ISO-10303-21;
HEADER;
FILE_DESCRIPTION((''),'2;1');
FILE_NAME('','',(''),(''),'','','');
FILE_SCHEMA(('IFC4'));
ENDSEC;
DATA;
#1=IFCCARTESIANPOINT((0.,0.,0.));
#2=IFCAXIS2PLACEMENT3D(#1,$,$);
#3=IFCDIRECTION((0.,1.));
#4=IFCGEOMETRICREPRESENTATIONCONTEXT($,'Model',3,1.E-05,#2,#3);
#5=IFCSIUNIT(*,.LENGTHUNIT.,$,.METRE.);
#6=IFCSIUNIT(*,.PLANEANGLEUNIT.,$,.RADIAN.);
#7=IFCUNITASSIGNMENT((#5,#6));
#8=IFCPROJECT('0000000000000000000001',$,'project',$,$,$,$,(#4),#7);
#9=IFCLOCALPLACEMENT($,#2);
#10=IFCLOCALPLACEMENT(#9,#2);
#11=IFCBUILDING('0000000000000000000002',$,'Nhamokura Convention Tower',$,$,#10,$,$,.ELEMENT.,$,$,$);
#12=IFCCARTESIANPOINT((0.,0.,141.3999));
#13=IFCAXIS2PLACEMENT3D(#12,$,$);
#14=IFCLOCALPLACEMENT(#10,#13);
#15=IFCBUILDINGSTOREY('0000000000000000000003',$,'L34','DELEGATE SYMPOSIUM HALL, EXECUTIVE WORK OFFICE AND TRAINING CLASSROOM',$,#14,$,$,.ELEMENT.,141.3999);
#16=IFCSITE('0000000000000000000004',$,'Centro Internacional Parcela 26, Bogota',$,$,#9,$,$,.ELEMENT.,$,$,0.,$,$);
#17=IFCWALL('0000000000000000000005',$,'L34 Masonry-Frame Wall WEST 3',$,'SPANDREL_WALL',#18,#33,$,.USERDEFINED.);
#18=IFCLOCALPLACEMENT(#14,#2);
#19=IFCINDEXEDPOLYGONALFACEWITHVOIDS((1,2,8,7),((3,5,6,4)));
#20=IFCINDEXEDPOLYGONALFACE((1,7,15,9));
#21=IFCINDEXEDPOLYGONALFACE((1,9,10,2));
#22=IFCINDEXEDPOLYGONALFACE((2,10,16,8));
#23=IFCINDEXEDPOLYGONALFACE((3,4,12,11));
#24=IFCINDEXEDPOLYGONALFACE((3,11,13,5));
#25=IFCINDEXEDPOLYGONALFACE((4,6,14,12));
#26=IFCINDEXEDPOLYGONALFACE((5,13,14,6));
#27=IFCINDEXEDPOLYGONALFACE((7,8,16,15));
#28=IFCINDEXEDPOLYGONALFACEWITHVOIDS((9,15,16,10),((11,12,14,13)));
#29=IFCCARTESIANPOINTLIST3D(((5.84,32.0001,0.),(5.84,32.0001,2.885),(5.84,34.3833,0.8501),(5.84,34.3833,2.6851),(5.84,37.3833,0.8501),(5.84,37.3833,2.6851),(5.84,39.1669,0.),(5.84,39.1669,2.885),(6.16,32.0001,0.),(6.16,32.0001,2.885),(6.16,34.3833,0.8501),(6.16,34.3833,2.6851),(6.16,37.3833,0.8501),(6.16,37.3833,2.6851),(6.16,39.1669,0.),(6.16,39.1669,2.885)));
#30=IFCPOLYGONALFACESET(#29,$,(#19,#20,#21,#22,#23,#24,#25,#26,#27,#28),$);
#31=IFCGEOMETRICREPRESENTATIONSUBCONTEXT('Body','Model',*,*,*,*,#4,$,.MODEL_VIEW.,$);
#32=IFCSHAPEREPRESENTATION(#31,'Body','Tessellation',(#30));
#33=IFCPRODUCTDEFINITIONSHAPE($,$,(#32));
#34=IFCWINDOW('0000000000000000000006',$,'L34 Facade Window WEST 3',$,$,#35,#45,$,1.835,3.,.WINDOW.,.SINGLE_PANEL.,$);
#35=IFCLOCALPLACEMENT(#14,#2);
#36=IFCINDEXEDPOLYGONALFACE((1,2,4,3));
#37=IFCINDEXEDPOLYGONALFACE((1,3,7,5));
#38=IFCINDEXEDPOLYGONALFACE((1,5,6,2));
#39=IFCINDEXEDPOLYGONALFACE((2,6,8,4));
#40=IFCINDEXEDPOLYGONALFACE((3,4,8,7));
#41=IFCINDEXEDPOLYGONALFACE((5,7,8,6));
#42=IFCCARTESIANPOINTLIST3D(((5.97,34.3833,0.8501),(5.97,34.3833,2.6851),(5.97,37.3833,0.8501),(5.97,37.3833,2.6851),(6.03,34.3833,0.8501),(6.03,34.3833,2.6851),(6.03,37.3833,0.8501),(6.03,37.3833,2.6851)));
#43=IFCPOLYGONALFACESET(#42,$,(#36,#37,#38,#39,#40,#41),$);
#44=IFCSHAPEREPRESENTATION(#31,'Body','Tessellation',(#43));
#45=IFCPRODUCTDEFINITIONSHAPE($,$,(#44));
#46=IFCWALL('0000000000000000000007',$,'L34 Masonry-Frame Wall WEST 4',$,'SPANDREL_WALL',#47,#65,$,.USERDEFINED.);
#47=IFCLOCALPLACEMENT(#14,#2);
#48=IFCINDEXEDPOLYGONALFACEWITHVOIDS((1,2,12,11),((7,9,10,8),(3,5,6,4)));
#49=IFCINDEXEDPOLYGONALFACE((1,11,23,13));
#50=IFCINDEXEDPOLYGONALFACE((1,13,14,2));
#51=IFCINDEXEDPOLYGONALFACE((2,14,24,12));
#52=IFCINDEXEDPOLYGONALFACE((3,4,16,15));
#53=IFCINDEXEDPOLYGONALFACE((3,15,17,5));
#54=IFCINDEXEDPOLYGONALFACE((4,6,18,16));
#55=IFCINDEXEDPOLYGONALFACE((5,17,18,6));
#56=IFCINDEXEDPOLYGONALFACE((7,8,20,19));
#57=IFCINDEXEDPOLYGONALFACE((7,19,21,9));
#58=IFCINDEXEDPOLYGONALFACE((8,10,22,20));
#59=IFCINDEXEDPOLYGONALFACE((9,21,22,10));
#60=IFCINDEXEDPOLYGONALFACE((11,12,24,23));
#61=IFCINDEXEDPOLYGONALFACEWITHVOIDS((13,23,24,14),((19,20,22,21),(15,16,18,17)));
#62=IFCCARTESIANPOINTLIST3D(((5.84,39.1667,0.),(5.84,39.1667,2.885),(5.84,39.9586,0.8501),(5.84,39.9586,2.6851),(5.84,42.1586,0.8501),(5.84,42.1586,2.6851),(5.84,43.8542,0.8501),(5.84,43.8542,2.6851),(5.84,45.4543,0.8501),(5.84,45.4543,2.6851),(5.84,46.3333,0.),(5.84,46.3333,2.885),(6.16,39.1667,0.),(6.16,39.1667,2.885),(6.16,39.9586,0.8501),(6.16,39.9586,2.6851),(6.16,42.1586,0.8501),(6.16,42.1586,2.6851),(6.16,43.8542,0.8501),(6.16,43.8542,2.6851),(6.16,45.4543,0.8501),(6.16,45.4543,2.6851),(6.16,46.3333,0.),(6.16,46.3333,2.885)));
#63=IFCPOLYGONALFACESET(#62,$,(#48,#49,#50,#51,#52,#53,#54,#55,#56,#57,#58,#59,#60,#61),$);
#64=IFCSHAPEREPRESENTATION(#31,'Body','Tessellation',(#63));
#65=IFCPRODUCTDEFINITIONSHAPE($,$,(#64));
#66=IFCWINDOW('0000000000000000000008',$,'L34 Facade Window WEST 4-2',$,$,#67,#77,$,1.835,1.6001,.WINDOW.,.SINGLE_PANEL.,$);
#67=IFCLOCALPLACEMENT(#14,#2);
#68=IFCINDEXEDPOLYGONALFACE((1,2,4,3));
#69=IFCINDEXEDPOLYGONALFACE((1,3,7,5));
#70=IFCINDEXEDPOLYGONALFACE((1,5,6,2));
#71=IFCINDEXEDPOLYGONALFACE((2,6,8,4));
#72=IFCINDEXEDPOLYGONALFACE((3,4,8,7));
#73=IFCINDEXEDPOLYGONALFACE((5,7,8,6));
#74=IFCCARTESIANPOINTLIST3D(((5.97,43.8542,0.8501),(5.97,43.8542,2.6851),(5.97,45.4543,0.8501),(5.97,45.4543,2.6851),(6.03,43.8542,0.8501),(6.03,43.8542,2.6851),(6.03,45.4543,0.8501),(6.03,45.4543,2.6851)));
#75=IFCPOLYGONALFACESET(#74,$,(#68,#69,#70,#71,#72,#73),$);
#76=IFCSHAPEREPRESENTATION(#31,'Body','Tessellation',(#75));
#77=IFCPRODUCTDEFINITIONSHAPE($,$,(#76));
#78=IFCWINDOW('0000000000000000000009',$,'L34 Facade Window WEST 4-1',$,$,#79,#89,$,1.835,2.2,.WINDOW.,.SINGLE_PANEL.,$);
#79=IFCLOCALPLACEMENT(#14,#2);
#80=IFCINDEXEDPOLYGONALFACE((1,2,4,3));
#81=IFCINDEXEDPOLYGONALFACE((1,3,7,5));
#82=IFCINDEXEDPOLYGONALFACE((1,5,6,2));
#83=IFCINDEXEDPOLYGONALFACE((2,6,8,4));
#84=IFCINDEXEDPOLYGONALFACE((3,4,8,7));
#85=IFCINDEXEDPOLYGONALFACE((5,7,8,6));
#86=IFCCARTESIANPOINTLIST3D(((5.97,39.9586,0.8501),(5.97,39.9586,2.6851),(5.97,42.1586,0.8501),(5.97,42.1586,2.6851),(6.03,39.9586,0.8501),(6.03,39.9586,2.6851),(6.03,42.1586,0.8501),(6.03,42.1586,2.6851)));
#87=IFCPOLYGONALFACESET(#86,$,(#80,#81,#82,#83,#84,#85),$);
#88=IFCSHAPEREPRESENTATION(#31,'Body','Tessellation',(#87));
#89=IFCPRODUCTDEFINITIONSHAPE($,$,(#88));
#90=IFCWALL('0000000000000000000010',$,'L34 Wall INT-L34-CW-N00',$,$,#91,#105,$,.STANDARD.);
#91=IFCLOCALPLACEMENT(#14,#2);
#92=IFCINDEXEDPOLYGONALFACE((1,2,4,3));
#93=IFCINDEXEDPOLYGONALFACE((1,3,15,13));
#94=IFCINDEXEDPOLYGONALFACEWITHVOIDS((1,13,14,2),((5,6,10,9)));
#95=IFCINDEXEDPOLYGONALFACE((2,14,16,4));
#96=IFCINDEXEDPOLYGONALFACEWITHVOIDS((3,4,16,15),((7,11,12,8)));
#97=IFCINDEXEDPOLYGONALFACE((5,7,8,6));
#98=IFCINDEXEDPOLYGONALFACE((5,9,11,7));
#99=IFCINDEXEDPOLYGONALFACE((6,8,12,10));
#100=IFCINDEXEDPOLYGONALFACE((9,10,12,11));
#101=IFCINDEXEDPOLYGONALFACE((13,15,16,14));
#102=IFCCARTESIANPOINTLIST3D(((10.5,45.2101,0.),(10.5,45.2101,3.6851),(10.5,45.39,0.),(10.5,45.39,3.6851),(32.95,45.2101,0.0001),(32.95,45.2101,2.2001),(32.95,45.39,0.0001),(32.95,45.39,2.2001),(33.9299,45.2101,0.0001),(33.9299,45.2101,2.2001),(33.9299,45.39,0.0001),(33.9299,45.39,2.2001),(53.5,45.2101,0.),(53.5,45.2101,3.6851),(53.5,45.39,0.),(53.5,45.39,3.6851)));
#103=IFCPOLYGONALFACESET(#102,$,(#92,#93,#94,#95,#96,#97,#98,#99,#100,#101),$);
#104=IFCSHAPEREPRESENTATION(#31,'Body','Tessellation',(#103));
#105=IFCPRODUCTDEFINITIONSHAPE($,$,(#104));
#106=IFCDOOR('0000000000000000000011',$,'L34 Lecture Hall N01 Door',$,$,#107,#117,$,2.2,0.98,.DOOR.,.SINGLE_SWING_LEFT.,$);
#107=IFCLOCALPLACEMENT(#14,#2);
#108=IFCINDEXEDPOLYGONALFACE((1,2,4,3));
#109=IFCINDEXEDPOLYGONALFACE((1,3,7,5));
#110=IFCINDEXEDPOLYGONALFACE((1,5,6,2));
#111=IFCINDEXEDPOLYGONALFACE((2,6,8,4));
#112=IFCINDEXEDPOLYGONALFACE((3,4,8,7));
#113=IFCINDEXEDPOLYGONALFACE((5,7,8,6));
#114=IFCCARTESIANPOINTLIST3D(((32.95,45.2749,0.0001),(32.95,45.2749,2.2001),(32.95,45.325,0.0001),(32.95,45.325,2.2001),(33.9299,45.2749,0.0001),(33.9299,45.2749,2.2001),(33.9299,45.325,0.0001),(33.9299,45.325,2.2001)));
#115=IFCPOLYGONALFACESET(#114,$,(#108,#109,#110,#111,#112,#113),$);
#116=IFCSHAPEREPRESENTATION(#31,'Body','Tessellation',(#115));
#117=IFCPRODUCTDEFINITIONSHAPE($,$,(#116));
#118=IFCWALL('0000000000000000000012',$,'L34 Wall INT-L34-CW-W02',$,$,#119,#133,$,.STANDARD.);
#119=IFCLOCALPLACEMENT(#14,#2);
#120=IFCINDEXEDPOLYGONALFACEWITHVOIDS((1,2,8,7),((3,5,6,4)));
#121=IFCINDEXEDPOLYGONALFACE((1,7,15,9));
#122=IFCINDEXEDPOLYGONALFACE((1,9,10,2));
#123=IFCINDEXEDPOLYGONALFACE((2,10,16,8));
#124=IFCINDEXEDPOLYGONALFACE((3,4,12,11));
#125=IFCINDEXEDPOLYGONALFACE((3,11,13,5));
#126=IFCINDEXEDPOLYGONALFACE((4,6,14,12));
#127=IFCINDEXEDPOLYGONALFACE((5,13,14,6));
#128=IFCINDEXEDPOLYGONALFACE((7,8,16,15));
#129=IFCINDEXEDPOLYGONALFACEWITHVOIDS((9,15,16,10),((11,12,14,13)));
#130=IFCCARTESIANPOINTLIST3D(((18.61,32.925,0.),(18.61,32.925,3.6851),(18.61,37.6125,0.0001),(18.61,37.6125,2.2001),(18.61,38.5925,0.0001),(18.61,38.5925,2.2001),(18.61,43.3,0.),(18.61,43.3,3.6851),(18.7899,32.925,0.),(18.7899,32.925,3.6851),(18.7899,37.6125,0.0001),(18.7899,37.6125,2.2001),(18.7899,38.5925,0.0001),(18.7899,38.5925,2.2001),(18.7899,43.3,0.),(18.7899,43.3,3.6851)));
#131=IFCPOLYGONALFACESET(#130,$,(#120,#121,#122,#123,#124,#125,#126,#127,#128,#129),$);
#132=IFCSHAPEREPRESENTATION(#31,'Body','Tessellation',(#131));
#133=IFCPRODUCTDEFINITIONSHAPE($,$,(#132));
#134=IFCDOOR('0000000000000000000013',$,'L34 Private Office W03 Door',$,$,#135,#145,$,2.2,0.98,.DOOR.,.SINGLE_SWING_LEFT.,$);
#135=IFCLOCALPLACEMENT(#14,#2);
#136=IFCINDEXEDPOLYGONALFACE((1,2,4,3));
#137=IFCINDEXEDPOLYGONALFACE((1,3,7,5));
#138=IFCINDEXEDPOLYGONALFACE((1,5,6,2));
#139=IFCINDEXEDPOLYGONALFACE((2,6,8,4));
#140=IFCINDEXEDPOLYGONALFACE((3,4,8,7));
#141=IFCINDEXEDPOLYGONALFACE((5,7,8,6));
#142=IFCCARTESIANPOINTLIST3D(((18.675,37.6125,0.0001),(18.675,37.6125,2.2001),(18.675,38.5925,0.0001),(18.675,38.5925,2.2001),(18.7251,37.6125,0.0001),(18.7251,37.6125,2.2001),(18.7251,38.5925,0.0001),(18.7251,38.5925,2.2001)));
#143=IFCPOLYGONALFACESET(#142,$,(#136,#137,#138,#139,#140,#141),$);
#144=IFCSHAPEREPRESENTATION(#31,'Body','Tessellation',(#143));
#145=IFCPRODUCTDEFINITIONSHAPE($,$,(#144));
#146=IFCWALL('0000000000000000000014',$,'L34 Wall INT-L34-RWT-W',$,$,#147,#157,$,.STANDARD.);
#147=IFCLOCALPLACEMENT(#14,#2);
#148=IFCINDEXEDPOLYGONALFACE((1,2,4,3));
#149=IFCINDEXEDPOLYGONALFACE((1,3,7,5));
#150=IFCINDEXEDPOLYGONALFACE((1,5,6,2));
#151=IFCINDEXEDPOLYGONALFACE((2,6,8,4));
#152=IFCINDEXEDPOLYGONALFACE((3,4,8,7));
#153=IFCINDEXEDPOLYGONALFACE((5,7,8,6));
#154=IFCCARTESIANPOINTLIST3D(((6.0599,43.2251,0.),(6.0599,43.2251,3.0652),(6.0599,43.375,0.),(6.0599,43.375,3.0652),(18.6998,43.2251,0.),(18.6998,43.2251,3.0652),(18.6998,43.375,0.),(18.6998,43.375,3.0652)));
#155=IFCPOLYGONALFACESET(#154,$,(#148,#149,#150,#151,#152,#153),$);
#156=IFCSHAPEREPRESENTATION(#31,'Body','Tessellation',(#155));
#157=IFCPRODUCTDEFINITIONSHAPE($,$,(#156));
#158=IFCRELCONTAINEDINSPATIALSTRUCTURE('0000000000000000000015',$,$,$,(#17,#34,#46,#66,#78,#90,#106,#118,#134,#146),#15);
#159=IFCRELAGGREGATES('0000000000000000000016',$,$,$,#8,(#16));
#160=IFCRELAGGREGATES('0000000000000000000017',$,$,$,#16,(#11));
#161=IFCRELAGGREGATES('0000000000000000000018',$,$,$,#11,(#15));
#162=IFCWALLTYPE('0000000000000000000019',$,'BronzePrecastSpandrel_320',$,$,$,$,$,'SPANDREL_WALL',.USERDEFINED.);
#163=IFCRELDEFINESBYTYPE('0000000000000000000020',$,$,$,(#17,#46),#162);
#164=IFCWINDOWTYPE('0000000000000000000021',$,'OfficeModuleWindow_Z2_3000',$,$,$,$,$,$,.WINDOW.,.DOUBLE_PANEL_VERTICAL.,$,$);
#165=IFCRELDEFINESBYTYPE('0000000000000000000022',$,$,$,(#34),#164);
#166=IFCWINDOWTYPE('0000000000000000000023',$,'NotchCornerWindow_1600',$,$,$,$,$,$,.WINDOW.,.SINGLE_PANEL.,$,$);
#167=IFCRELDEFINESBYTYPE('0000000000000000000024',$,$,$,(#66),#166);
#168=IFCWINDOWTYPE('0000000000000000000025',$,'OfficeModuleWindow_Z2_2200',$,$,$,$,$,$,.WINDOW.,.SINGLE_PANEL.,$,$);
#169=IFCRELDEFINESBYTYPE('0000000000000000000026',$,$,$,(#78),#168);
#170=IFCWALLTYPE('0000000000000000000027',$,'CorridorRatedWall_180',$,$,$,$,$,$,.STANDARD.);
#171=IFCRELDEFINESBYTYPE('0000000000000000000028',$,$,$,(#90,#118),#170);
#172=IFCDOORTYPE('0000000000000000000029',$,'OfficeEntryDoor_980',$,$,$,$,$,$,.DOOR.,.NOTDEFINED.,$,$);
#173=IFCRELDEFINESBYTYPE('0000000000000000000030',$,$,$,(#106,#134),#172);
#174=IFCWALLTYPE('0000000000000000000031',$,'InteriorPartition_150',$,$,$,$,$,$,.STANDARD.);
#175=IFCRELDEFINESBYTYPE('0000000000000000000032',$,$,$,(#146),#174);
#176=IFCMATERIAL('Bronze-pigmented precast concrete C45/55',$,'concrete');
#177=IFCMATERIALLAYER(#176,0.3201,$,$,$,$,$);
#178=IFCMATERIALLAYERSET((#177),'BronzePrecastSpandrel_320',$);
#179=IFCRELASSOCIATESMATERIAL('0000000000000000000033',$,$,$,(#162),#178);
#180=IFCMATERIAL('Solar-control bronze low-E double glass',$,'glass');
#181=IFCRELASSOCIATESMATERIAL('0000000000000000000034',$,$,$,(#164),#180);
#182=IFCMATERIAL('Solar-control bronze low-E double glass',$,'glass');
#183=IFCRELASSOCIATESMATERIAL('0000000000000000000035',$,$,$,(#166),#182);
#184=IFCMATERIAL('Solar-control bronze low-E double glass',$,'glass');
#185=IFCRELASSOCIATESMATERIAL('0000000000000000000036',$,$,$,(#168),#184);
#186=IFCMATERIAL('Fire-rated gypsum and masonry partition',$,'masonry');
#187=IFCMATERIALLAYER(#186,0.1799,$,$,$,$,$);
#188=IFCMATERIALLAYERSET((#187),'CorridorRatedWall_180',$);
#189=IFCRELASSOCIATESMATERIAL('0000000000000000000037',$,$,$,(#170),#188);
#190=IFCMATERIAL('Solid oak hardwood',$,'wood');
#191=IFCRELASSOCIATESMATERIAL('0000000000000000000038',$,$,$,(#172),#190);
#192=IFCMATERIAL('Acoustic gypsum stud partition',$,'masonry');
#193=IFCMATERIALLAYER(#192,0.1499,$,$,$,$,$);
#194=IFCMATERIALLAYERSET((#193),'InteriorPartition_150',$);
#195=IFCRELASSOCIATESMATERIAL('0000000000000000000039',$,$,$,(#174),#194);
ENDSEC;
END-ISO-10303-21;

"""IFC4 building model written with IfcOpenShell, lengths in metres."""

from ifc_helpers import new_model, si_unit, direction, frame, frame_2d, origin, place, context, subcontext, project, spatial, rectangle, extrude, material, layer, layer_set, type_object, element, fill, save


model = new_model("IFC4")

# Units and contexts
model_context = context("Model", 3, precision=1e-05, world=origin(), true_north=direction((0.0, 1.0)))
body_context = subcontext(model_context, "Body", "Model", "MODEL_VIEW")
ifc_project = project(units=[si_unit("LENGTHUNIT", "METRE"), si_unit("PLANEANGLEUNIT", "RADIAN")], contexts=[model_context])

# Site, building, storey
site_placement = place(None, origin())
site = spatial("IfcSite", under=ifc_project, at=site_placement, Name="Centro Internacional Parcela 26, Bogota", CompositionType="ELEMENT", RefElevation=0.0)
building_placement = place(site_placement, origin())
building = spatial("IfcBuilding", under=site, at=building_placement, Name="Nhamokura Convention Tower", CompositionType="ELEMENT")
storey_placement = place(building_placement, frame((0.0, 0.0, 141.3999)))
storey = spatial("IfcBuildingStorey", under=building, at=storey_placement, Name="L34", Description="DELEGATE SYMPOSIUM HALL, EXECUTIVE WORK OFFICE AND TRAINING CLASSROOM", CompositionType="ELEMENT", Elevation=141.3999)

# Wall, opening, window
ifc_material_1 = material(Name="Bronze-pigmented precast concrete C45/55", Category="concrete")
ifc_layer_1 = layer(ifc_material_1, 0.3201)
ifc_layer_set_1 = layer_set([ifc_layer_1], Name="BronzePrecastSpandrel_320")
wall_type_1 = type_object("IfcWallType", Name="BronzePrecastSpandrel_320", ElementType="SPANDREL_WALL", PredefinedType="USERDEFINED", material=ifc_layer_set_1)
wall_1_placement = place(storey_placement, frame((6.0, 32.0, 0.0), z_axis=(0.0, 0.0, 1.0), x_axis=(0.0, 1.0, 0.0)))
wall_1 = element("IfcWall", 1, at=wall_1_placement, inside=storey, type_object=wall_type_1, Name="L34 Masonry-Frame Wall WEST 3", ObjectType="SPANDREL_WALL", PredefinedType="USERDEFINED", context=body_context, shape_type="SweptSolid", body=[
    extrude(rectangle(XDim=7.1667, YDim=0.3201, at=frame_2d((3.5835, 0.0))), origin(), (0.0, 0.0, 1.0), 2.885),
])
opening_1_placement = place(wall_1_placement, frame((2.3833, 0.0, 0.8501)))
opening_1 = element("IfcOpeningElement", 2, at=opening_1_placement, cuts=wall_1, PredefinedType="OPENING", context=body_context, shape_type="SweptSolid", body=[
    extrude(rectangle(XDim=3.0, YDim=1.835, at=frame_2d((1.5, 0.9175))), frame((0.0, 0.1699, 0.0), z_axis=(0.0, -1.0, 0.0), x_axis=(1.0, 0.0, 0.0)), (0.0, 0.0, 1.0), 0.3401),
])
ifc_material_2 = material(Name="Solar-control bronze low-E double glass", Category="glass")
window_type_1 = type_object("IfcWindowType", Name="OfficeModuleWindow_Z2_3000", PartitioningType="DOUBLE_PANEL_VERTICAL", PredefinedType="WINDOW", material=ifc_material_2)
window_1_placement = place(opening_1_placement, origin())
window_1 = element("IfcWindow", 3, at=window_1_placement, inside=storey, type_object=window_type_1, Name="L34 Facade Window WEST 3", OverallHeight=1.835, OverallWidth=3.0, PartitioningType="SINGLE_PANEL", PredefinedType="WINDOW", context=body_context, shape_type="SweptSolid", body=[
    extrude(rectangle(XDim=3.0, YDim=1.835, at=frame_2d((1.5, 0.9175))), frame((0.0, 0.03, 0.0), z_axis=(0.0, -1.0, 0.0), x_axis=(1.0, 0.0, 0.0)), (0.0, 0.0, 1.0), 0.0601),
])
fill(opening_1, window_1)

# Wall, openings, windows
wall_2_placement = place(storey_placement, frame((6.0, 39.1667, 0.0), z_axis=(0.0, 0.0, 1.0), x_axis=(0.0, 1.0, 0.0)))
wall_2 = element("IfcWall", 4, at=wall_2_placement, inside=storey, type_object=wall_type_1, Name="L34 Masonry-Frame Wall WEST 4", ObjectType="SPANDREL_WALL", PredefinedType="USERDEFINED", context=body_context, shape_type="SweptSolid", body=[
    extrude(rectangle(XDim=7.1665, YDim=0.3201, at=frame_2d((3.5833, 0.0))), origin(), (0.0, 0.0, 1.0), 2.885),
])
opening_2_placement = place(wall_2_placement, frame((0.7917, 0.0, 0.8501)))
opening_2 = element("IfcOpeningElement", 5, at=opening_2_placement, cuts=wall_2, PredefinedType="OPENING", context=body_context, shape_type="SweptSolid", body=[
    extrude(rectangle(XDim=2.2, YDim=1.835, at=frame_2d((1.1001, 0.9175))), frame((0.0, 0.1699, 0.0), z_axis=(0.0, -1.0, 0.0), x_axis=(1.0, 0.0, 0.0)), (0.0, 0.0, 1.0), 0.3401),
])
opening_3_placement = place(wall_2_placement, frame((4.6875, 0.0, 0.8501)))
opening_3 = element("IfcOpeningElement", 6, at=opening_3_placement, cuts=wall_2, PredefinedType="OPENING", context=body_context, shape_type="SweptSolid", body=[
    extrude(rectangle(XDim=1.6001, YDim=1.835, at=frame_2d((0.8, 0.9175))), frame((0.0, 0.1699, 0.0), z_axis=(0.0, -1.0, 0.0), x_axis=(1.0, 0.0, 0.0)), (0.0, 0.0, 1.0), 0.3401),
])
ifc_material_3 = material(Name="Solar-control bronze low-E double glass", Category="glass")
window_type_2 = type_object("IfcWindowType", Name="NotchCornerWindow_1600", PartitioningType="SINGLE_PANEL", PredefinedType="WINDOW", material=ifc_material_3)
window_2_placement = place(opening_3_placement, origin())
window_2 = element("IfcWindow", 7, at=window_2_placement, inside=storey, type_object=window_type_2, Name="L34 Facade Window WEST 4-2", OverallHeight=1.835, OverallWidth=1.6001, PartitioningType="SINGLE_PANEL", PredefinedType="WINDOW", context=body_context, shape_type="SweptSolid", body=[
    extrude(rectangle(XDim=1.6001, YDim=1.835, at=frame_2d((0.8, 0.9175))), frame((0.0, 0.03, 0.0), z_axis=(0.0, -1.0, 0.0), x_axis=(1.0, 0.0, 0.0)), (0.0, 0.0, 1.0), 0.0601),
])
fill(opening_3, window_2)
ifc_material_4 = material(Name="Solar-control bronze low-E double glass", Category="glass")
window_type_3 = type_object("IfcWindowType", Name="OfficeModuleWindow_Z2_2200", PartitioningType="SINGLE_PANEL", PredefinedType="WINDOW", material=ifc_material_4)
window_3_placement = place(opening_2_placement, origin())
window_3 = element("IfcWindow", 8, at=window_3_placement, inside=storey, type_object=window_type_3, Name="L34 Facade Window WEST 4-1", OverallHeight=1.835, OverallWidth=2.2, PartitioningType="SINGLE_PANEL", PredefinedType="WINDOW", context=body_context, shape_type="SweptSolid", body=[
    extrude(rectangle(XDim=2.2, YDim=1.835, at=frame_2d((1.1001, 0.9175))), frame((0.0, 0.03, 0.0), z_axis=(0.0, -1.0, 0.0), x_axis=(1.0, 0.0, 0.0)), (0.0, 0.0, 1.0), 0.0601),
])
fill(opening_2, window_3)

# Walls, openings, doors
ifc_material_5 = material(Name="Fire-rated gypsum and masonry partition", Category="masonry")
ifc_layer_2 = layer(ifc_material_5, 0.1799)
ifc_layer_set_2 = layer_set([ifc_layer_2], Name="CorridorRatedWall_180")
wall_type_2 = type_object("IfcWallType", Name="CorridorRatedWall_180", PredefinedType="STANDARD", material=ifc_layer_set_2)
wall_3_placement = place(storey_placement, frame((10.5, 45.3, 0.0), z_axis=(0.0, 0.0, 1.0), x_axis=(1.0, 0.0, 0.0)))
wall_3 = element("IfcWall", 9, at=wall_3_placement, inside=storey, type_object=wall_type_2, Name="L34 Wall INT-L34-CW-N00", PredefinedType="STANDARD", context=body_context, shape_type="SweptSolid", body=[
    extrude(rectangle(XDim=43.0, YDim=0.1799, at=frame_2d((21.5, 0.0))), origin(), (0.0, 0.0, 1.0), 3.6851),
])
opening_4_placement = place(wall_3_placement, frame((22.45, 0.0, 0.0)))
opening_4 = element("IfcOpeningElement", 10, at=opening_4_placement, cuts=wall_3, PredefinedType="OPENING", context=body_context, shape_type="SweptSolid", body=[
    extrude(rectangle(XDim=0.98, YDim=2.2, at=frame_2d((0.49, 1.1001))), frame((0.0, 0.0999, 0.0), z_axis=(0.0, -1.0, 0.0), x_axis=(1.0, 0.0, 0.0)), (0.0, 0.0, 1.0), 0.2),
])
ifc_material_6 = material(Name="Solid oak hardwood", Category="wood")
door_type = type_object("IfcDoorType", Name="OfficeEntryDoor_980", OperationType="NOTDEFINED", PredefinedType="DOOR", material=ifc_material_6)
door_1_placement = place(opening_4_placement, origin())
door_1 = element("IfcDoor", 11, at=door_1_placement, inside=storey, type_object=door_type, Name="L34 Lecture Hall N01 Door", OperationType="SINGLE_SWING_LEFT", OverallHeight=2.2, OverallWidth=0.98, PredefinedType="DOOR", context=body_context, shape_type="SweptSolid", body=[
    extrude(rectangle(XDim=0.98, YDim=2.2, at=frame_2d((0.49, 1.1001))), frame((0.0, 0.0249, 0.0), z_axis=(0.0, -1.0, 0.0), x_axis=(1.0, 0.0, 0.0)), (0.0, 0.0, 1.0), 0.05),
])
fill(opening_4, door_1)
wall_4_placement = place(storey_placement, frame((18.7, 32.925, 0.0), z_axis=(0.0, 0.0, 1.0), x_axis=(0.0, 1.0, 0.0)))
wall_4 = element("IfcWall", 12, at=wall_4_placement, inside=storey, type_object=wall_type_2, Name="L34 Wall INT-L34-CW-W02", PredefinedType="STANDARD", context=body_context, shape_type="SweptSolid", body=[
    extrude(rectangle(XDim=10.375, YDim=0.1799, at=frame_2d((5.1875, 0.0))), origin(), (0.0, 0.0, 1.0), 3.6851),
])
opening_5_placement = place(wall_4_placement, frame((4.6875, 0.0, 0.0)))
opening_5 = element("IfcOpeningElement", 13, at=opening_5_placement, cuts=wall_4, PredefinedType="OPENING", context=body_context, shape_type="SweptSolid", body=[
    extrude(rectangle(XDim=0.98, YDim=2.2, at=frame_2d((0.49, 1.1001))), frame((0.0, 0.0999, 0.0), z_axis=(0.0, -1.0, 0.0), x_axis=(1.0, 0.0, 0.0)), (0.0, 0.0, 1.0), 0.2),
])
door_2_placement = place(opening_5_placement, origin())
door_2 = element("IfcDoor", 14, at=door_2_placement, inside=storey, type_object=door_type, Name="L34 Private Office W03 Door", OperationType="SINGLE_SWING_LEFT", OverallHeight=2.2, OverallWidth=0.98, PredefinedType="DOOR", context=body_context, shape_type="SweptSolid", body=[
    extrude(rectangle(XDim=0.98, YDim=2.2, at=frame_2d((0.49, 1.1001))), frame((0.0, 0.0249, 0.0), z_axis=(0.0, -1.0, 0.0), x_axis=(1.0, 0.0, 0.0)), (0.0, 0.0, 1.0), 0.05),
])
fill(opening_5, door_2)

# Wall
ifc_material_7 = material(Name="Acoustic gypsum stud partition", Category="masonry")
ifc_layer_3 = layer(ifc_material_7, 0.1499)
ifc_layer_set_3 = layer_set([ifc_layer_3], Name="InteriorPartition_150")
wall_type_3 = type_object("IfcWallType", Name="InteriorPartition_150", PredefinedType="STANDARD", material=ifc_layer_set_3)
wall_5_placement = place(storey_placement, frame((6.0601, 43.3, 0.0), z_axis=(0.0, 0.0, 1.0), x_axis=(1.0, 0.0, 0.0)))
element("IfcWall", 15, at=wall_5_placement, inside=storey, type_object=wall_type_3, Name="L34 Wall INT-L34-RWT-W", PredefinedType="STANDARD", context=body_context, shape_type="SweptSolid", body=[
    extrude(rectangle(XDim=12.6399, YDim=0.1499, at=frame_2d((6.3198, 0.0))), origin(), (0.0, 0.0, 1.0), 3.0652),
])

save(model, "model.ifc")
